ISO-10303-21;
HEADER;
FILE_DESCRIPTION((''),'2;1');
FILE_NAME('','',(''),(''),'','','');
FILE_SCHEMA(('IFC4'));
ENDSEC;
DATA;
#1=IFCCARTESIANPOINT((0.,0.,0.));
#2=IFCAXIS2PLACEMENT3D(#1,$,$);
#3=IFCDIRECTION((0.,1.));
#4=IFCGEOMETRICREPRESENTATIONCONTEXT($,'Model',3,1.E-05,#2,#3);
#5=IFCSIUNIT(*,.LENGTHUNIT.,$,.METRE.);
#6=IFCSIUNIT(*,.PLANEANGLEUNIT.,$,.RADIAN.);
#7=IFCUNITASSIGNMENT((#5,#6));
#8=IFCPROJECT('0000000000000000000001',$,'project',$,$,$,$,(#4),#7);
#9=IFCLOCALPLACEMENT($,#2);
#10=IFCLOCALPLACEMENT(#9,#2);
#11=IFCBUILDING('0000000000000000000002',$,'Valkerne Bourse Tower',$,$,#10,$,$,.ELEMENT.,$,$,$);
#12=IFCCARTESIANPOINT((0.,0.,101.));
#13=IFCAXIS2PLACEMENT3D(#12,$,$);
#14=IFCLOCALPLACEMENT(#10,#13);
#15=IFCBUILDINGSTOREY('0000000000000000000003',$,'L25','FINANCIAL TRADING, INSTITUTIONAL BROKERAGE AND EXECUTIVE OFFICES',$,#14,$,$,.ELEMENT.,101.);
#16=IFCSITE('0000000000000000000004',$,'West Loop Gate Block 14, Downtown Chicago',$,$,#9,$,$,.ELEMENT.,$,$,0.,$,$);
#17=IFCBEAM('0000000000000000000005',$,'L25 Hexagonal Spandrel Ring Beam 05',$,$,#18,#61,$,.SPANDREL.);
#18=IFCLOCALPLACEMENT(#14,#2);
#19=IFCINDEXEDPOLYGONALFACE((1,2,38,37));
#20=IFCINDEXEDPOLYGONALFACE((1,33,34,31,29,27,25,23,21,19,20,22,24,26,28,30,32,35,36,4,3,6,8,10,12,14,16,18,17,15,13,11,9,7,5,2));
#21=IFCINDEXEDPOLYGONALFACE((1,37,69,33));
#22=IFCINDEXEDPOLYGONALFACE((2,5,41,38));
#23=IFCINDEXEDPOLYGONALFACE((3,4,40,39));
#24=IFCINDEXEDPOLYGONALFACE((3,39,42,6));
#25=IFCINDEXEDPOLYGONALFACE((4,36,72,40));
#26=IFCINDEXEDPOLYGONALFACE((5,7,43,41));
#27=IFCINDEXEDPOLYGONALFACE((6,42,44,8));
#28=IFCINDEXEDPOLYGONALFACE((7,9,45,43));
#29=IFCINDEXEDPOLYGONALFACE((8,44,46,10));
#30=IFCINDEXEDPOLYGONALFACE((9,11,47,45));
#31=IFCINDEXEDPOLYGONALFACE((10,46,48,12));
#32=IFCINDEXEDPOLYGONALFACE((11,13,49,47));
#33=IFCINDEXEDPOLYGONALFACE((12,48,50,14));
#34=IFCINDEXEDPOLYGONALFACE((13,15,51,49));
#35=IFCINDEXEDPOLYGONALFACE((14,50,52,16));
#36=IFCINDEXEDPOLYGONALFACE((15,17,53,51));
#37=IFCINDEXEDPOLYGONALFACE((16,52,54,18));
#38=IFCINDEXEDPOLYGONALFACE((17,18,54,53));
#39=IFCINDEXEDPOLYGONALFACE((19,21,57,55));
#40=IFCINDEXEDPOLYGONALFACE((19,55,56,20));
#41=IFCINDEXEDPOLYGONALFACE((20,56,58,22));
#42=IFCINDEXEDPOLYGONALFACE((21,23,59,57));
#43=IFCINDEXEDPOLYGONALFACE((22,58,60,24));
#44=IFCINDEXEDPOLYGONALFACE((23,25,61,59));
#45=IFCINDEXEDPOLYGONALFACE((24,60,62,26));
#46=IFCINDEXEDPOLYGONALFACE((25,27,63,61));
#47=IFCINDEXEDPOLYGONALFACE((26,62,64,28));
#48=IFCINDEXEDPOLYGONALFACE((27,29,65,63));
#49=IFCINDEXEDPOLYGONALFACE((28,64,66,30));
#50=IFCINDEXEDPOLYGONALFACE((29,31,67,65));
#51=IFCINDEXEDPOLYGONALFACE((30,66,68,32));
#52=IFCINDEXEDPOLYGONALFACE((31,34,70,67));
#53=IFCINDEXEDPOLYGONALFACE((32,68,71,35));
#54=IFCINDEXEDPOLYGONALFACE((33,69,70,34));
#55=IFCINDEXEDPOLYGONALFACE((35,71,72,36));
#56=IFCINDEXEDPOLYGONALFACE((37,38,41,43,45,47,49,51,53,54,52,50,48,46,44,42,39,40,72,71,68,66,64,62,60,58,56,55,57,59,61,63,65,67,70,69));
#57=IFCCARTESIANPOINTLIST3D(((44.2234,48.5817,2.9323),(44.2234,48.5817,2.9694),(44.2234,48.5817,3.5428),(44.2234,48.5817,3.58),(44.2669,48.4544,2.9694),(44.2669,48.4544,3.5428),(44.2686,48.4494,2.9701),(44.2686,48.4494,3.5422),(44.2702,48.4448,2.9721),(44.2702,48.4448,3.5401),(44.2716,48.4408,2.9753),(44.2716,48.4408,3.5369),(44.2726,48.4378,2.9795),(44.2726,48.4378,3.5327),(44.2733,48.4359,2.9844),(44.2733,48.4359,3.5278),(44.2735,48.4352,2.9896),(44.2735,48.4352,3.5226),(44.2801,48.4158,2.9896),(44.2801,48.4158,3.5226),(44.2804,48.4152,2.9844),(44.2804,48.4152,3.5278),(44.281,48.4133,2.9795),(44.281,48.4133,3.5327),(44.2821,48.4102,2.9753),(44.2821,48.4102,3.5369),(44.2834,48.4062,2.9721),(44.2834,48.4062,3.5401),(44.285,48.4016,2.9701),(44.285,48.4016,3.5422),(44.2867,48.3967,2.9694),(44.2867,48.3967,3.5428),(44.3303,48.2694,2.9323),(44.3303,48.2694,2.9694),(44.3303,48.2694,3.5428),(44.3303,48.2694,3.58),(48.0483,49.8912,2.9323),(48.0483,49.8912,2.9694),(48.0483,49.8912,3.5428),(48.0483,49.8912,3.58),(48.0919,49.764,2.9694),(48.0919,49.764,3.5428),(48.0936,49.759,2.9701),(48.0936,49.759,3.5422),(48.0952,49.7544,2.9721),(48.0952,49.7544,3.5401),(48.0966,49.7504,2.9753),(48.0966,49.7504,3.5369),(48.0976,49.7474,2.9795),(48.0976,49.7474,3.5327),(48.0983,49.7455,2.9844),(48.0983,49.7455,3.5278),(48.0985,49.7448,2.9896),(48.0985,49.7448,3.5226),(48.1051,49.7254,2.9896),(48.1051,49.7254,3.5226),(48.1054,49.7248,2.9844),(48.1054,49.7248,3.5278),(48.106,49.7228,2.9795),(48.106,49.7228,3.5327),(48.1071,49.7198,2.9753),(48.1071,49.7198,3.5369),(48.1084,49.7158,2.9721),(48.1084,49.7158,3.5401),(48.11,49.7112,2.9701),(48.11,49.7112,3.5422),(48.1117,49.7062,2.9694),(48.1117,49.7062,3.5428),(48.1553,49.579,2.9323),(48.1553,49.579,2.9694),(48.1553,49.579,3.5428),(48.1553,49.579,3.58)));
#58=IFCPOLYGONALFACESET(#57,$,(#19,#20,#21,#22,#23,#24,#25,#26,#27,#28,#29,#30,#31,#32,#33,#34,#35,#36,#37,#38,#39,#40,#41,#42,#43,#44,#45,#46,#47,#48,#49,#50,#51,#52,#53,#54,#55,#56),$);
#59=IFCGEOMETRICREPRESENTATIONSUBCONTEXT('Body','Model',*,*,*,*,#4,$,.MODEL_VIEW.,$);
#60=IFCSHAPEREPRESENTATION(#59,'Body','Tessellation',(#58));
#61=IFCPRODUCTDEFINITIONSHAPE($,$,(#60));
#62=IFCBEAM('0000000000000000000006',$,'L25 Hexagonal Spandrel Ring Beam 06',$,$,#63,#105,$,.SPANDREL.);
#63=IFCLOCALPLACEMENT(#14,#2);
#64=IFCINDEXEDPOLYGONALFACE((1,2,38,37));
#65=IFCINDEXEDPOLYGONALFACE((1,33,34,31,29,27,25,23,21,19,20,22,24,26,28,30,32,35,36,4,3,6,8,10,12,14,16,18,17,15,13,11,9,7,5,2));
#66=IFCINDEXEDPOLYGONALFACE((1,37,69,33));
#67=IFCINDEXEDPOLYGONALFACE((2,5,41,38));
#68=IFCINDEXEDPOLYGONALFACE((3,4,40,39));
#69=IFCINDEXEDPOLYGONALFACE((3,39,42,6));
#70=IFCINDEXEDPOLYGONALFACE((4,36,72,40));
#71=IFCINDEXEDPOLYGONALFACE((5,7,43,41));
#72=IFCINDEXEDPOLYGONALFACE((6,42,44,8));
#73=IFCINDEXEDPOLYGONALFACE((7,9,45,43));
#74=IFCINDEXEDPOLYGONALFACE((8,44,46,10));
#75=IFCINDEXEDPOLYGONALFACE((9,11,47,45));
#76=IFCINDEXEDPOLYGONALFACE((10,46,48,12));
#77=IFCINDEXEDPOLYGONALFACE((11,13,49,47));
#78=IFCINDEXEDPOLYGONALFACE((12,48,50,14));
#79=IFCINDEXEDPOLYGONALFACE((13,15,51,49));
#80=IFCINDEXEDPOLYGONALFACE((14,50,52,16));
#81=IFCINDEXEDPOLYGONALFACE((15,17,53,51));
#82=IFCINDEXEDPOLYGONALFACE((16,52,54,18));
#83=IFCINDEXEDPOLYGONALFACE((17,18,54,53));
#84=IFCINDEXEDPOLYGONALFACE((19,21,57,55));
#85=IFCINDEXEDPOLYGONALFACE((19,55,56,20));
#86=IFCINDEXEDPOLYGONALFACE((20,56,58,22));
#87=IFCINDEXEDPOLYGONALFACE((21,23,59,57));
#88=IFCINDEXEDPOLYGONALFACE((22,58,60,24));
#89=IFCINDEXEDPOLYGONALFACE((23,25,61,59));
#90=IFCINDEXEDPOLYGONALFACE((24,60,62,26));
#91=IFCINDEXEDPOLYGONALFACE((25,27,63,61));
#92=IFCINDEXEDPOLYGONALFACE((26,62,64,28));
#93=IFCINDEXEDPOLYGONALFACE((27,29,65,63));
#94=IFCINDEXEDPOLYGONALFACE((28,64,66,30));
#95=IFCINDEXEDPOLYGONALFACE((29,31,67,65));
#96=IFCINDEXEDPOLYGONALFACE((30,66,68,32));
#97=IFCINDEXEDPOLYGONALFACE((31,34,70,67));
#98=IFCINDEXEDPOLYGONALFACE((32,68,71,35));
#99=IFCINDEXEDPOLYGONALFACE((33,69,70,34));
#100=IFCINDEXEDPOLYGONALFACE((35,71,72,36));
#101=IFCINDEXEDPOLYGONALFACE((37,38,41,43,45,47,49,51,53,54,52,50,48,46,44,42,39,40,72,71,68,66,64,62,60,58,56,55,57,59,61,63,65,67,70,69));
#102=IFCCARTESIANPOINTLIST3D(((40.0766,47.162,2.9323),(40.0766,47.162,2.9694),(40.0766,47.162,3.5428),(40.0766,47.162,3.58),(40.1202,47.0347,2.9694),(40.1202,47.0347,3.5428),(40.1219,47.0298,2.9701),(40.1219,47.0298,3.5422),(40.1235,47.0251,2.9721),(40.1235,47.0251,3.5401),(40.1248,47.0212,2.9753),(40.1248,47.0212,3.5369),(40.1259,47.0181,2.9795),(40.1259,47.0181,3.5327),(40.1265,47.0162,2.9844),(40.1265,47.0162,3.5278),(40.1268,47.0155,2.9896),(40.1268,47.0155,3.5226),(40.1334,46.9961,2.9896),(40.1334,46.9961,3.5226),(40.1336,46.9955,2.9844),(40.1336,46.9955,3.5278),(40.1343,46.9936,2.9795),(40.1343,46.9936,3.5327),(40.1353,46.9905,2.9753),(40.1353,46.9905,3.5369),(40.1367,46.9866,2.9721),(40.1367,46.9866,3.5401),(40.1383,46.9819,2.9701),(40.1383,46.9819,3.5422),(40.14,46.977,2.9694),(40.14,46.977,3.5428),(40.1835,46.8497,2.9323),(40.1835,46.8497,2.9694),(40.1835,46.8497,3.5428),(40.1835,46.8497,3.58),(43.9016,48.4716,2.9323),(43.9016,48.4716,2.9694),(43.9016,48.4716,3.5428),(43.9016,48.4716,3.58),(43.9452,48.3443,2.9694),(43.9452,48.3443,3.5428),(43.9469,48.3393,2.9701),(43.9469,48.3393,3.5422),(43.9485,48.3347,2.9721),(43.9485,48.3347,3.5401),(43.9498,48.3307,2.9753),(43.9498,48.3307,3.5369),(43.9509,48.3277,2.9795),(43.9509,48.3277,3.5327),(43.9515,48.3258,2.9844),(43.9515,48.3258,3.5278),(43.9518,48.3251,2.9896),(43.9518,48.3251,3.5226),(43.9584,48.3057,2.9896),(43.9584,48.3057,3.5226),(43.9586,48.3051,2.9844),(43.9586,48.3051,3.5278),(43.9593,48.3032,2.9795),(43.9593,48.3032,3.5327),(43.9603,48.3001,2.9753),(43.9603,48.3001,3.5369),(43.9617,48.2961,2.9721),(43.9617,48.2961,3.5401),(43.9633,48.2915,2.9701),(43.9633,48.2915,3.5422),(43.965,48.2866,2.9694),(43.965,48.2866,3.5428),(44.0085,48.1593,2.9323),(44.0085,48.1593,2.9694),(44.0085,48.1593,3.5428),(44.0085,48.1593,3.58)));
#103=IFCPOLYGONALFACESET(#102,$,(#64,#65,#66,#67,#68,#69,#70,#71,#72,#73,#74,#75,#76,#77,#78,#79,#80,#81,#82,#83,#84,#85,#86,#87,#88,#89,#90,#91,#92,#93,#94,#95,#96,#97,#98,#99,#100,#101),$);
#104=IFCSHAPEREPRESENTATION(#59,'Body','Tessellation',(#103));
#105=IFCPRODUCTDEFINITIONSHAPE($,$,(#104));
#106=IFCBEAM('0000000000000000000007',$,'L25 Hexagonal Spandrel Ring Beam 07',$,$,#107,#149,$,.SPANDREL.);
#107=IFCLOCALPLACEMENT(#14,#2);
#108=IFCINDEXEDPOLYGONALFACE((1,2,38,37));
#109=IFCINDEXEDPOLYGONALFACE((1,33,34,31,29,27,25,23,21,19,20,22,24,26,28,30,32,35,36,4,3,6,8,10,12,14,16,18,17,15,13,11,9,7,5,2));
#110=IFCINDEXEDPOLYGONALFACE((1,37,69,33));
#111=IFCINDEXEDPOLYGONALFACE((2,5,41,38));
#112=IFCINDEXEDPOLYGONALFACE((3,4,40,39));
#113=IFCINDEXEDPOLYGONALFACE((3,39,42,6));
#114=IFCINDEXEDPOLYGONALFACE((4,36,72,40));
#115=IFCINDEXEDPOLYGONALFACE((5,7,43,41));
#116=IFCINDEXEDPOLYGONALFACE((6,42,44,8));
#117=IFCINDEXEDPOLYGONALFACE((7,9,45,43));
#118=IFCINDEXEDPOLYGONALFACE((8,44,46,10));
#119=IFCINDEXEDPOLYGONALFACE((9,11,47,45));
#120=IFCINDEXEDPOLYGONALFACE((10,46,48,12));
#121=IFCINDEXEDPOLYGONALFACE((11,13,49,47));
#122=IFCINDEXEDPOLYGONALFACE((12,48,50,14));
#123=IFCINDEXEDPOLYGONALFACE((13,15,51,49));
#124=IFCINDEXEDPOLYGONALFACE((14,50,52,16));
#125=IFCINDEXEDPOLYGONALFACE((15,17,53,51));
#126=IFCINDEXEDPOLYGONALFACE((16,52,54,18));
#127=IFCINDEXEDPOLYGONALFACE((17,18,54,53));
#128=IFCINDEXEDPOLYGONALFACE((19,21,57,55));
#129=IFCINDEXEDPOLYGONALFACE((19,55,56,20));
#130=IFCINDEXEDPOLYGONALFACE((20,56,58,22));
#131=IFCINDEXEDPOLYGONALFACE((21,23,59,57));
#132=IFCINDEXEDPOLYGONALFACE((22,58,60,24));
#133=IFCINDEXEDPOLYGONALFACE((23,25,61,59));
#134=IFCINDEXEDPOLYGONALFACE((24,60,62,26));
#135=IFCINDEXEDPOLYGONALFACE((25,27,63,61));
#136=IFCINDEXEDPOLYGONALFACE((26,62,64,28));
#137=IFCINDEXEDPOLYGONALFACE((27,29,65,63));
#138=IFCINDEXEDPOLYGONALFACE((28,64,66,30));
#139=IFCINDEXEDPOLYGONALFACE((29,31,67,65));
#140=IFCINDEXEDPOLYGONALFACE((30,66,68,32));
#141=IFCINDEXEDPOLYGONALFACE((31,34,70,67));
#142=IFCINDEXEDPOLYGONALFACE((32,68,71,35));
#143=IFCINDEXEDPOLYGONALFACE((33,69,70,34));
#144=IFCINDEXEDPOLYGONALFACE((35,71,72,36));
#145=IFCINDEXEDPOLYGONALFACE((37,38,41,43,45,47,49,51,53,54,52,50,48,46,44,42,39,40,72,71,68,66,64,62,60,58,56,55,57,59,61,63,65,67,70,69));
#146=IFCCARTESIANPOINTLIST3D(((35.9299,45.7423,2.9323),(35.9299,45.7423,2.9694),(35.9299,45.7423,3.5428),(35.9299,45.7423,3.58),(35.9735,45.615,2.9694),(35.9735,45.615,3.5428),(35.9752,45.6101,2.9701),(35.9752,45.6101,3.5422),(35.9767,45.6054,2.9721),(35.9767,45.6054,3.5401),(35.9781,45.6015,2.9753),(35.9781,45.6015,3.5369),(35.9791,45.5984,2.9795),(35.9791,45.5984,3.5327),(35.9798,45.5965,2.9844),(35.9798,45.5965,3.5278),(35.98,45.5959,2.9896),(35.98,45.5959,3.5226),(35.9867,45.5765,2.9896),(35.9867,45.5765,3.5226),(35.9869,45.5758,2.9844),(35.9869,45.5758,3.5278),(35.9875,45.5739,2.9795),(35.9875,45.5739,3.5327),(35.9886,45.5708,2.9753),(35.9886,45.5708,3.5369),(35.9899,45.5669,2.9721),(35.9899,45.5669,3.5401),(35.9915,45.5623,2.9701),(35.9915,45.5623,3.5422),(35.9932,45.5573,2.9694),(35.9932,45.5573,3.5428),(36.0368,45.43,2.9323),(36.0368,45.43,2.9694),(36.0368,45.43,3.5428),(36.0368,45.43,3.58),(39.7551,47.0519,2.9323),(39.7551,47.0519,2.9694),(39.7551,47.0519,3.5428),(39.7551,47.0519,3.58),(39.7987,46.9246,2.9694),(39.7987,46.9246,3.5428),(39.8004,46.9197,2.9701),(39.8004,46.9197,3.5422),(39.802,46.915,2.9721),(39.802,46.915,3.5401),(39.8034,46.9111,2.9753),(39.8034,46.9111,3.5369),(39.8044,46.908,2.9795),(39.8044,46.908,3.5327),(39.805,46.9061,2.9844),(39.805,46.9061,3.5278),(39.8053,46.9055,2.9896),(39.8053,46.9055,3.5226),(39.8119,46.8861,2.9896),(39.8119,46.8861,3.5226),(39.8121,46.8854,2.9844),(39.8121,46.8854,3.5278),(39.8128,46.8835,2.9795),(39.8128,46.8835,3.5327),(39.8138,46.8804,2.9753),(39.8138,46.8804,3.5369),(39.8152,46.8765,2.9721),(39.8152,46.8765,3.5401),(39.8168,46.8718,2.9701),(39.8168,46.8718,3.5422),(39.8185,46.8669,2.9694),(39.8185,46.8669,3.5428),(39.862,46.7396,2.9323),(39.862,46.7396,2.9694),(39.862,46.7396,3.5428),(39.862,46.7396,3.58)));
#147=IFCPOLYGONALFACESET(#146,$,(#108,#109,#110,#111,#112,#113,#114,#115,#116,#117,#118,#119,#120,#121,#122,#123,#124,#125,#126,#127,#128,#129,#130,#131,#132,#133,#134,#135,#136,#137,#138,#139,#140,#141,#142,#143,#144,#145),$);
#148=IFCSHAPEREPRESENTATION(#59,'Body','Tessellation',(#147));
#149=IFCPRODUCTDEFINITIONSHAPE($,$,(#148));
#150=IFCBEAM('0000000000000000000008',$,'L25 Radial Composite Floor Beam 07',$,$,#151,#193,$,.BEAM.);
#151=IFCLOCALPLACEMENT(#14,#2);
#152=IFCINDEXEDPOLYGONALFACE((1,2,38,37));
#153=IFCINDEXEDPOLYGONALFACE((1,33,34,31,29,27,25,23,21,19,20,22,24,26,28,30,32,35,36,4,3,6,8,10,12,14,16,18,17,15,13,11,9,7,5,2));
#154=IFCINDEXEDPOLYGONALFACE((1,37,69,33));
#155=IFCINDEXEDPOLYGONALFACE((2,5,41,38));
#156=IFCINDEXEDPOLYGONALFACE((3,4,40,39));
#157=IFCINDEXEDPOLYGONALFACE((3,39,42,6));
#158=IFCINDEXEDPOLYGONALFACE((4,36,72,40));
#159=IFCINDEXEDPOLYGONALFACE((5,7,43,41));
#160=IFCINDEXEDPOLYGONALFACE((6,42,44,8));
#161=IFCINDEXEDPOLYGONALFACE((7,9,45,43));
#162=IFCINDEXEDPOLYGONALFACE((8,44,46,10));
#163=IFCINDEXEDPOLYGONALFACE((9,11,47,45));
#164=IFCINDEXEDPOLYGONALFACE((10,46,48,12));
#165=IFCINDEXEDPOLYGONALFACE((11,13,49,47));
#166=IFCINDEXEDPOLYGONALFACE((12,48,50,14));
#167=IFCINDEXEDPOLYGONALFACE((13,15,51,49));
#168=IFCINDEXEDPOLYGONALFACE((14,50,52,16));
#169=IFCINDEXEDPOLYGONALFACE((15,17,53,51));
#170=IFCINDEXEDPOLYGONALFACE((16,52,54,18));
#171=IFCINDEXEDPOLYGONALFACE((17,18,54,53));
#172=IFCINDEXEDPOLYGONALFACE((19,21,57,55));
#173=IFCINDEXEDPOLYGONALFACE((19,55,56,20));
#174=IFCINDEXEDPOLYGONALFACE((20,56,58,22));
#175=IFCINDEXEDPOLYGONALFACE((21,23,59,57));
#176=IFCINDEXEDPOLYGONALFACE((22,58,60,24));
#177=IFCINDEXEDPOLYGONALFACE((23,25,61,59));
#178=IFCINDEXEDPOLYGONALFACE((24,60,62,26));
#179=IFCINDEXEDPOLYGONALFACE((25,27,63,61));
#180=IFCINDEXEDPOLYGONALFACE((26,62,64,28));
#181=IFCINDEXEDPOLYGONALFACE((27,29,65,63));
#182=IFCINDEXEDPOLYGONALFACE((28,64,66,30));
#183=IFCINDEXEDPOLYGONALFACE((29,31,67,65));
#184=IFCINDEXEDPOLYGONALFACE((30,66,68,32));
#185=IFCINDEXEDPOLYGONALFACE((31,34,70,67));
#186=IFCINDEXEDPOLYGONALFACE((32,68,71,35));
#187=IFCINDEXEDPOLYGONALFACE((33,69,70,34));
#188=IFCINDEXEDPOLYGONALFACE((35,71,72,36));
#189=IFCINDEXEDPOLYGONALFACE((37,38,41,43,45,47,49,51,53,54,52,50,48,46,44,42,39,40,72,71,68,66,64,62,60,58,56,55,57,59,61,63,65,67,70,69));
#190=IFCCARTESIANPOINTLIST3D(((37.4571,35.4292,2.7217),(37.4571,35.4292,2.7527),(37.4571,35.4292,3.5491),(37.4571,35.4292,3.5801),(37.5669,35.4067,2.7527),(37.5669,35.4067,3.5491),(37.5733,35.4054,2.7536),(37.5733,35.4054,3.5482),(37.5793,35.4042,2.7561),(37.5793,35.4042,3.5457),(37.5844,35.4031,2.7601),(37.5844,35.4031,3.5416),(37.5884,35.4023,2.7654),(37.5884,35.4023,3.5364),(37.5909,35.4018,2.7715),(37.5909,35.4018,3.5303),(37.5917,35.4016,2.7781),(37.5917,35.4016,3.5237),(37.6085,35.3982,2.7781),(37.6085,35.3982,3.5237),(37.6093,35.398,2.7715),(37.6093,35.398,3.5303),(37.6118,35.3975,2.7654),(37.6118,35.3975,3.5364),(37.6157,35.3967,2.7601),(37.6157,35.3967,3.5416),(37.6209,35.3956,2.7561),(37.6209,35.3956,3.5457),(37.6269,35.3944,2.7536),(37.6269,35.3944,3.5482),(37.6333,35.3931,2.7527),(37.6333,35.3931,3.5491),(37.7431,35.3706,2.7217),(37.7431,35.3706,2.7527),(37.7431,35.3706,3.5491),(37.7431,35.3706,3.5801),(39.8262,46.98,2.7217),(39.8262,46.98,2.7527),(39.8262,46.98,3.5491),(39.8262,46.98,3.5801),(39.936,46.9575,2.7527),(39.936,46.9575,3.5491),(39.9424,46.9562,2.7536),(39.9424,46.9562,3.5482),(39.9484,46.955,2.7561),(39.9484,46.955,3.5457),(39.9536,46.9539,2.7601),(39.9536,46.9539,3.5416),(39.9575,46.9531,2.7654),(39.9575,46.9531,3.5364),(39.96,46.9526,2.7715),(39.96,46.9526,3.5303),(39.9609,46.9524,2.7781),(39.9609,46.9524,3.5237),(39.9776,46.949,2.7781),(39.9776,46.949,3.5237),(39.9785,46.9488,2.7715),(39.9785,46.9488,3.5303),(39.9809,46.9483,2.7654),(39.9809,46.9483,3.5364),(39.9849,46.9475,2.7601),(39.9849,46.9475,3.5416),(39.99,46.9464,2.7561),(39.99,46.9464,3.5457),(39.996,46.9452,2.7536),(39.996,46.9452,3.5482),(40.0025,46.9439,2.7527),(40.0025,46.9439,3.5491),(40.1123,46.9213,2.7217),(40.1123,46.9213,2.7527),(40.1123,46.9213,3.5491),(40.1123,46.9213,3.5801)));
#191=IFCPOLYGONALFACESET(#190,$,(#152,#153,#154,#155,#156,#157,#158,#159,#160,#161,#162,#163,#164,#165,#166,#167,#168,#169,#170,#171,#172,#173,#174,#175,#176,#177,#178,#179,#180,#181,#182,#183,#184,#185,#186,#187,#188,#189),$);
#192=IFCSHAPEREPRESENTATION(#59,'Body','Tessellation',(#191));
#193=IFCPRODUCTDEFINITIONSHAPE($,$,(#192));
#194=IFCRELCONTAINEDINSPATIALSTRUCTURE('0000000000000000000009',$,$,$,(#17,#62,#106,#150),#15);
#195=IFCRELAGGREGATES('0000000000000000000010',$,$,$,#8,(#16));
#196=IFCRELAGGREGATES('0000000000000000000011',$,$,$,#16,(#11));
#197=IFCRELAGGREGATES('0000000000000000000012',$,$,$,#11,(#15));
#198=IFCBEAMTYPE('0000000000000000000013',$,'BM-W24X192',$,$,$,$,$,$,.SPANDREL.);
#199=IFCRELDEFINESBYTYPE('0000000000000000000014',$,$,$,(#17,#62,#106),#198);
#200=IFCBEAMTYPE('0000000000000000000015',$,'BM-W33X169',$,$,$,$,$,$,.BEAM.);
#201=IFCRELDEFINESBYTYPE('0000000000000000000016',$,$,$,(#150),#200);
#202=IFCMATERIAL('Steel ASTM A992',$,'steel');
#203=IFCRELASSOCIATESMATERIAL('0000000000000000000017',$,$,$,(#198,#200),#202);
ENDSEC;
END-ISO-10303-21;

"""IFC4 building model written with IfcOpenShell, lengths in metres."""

from ifc_helpers import new_model, si_unit, direction, frame, origin, origin_2d, place, context, subcontext, project, spatial, i_section, extrude, material, material_profile, profile_set, type_object, element, save


model = new_model("IFC4")

# Units and contexts
model_context = context("Model", 3, precision=1e-05, world=origin(), true_north=direction((0.0, 1.0)))
body_context = subcontext(model_context, "Body", "Model", "MODEL_VIEW")
ifc_project = project(units=[si_unit("LENGTHUNIT", "METRE"), si_unit("PLANEANGLEUNIT", "RADIAN")], contexts=[model_context])

# Site, building, storey
site_placement = place(None, origin())
site = spatial("IfcSite", under=ifc_project, at=site_placement, Name="West Loop Gate Block 14, Downtown Chicago", CompositionType="ELEMENT", RefElevation=0.0)
building_placement = place(site_placement, origin())
building = spatial("IfcBuilding", under=site, at=building_placement, Name="Valkerne Bourse Tower", CompositionType="ELEMENT")
storey_placement = place(building_placement, frame((0.0, 0.0, 101.0)))
storey = spatial("IfcBuildingStorey", under=building, at=storey_placement, Name="L25", Description="FINANCIAL TRADING, INSTITUTIONAL BROKERAGE AND EXECUTIVE OFFICES", CompositionType="ELEMENT", Elevation=101.0)

# Beams
ifc_material_1 = material(Name="Steel ASTM A992", Category="steel")
ifc_material_profile_1 = material_profile(ifc_material_1, i_section(OverallWidth=0.3301, OverallDepth=0.6477, WebThickness=0.0205, FlangeThickness=0.0371, FilletRadius=0.0203, at=origin_2d()), Name="W24X192")
ifc_profile_set_1 = profile_set([ifc_material_profile_1], Name="Steel ASTM A992")
beam_type_1 = type_object("IfcBeamType", Name="BM-W24X192", PredefinedType="SPANDREL", material=ifc_profile_set_1)
for number, where, z_axis, x_axis, name in (
    (1, (48.1018, 49.7351, 3.2561), (-0.946086, -0.323917, 0.0), (0.323917, -0.946086, 0.0), "L25 Hexagonal Spandrel Ring Beam 05"),
    (2, (43.9551, 48.3154, 3.2561), (-0.946086, -0.323917, 0.0), (0.323917, -0.946086, 0.0), "L25 Hexagonal Spandrel Ring Beam 06"),
):
    element("IfcBeam", number, at=place(storey_placement, frame(where, z_axis=z_axis, x_axis=x_axis)), inside=storey, type_object=beam_type_1, Name=name, PredefinedType="SPANDREL", context=body_context, shape_type="SweptSolid", body=[
        extrude(i_section(OverallWidth=0.3301, OverallDepth=0.6477, WebThickness=0.0205, FlangeThickness=0.0371, FilletRadius=0.0203, at=origin_2d()), origin(), (0.0, 0.0, 1.0), 4.043),
    ])
beam_1_placement = place(storey_placement, frame((39.8086, 46.8958, 3.2561), z_axis=(-0.946092, -0.323898, 0.0), x_axis=(0.323898, -0.946092, 0.0)))
element("IfcBeam", 3, at=beam_1_placement, inside=storey, type_object=beam_type_1, Name="L25 Hexagonal Spandrel Ring Beam 07", PredefinedType="SPANDREL", context=body_context, shape_type="SweptSolid", body=[
    extrude(i_section(OverallWidth=0.3301, OverallDepth=0.6477, WebThickness=0.0205, FlangeThickness=0.0371, FilletRadius=0.0203, at=origin_2d()), origin(), (0.0, 0.0, 1.0), 4.0432),
])
ifc_material_profile_2 = material_profile(ifc_material_1, i_section(OverallWidth=0.292, OverallDepth=0.8584, WebThickness=0.0171, FlangeThickness=0.031, FilletRadius=0.0254, at=origin_2d()), Name="W33X169")
ifc_profile_set_2 = profile_set([ifc_material_profile_2], Name="Steel ASTM A992")
beam_type_2 = type_object("IfcBeamType", Name="BM-W33X169", PredefinedType="BEAM", material=ifc_profile_set_2)
beam_2_placement = place(storey_placement, frame((39.9692, 46.9507, 3.1509), z_axis=(-0.200924, -0.979607, 0.0), x_axis=(0.979607, -0.200924, 0.0)))
element("IfcBeam", 4, at=beam_2_placement, inside=storey, type_object=beam_type_2, Name="L25 Radial Composite Floor Beam 07", PredefinedType="BEAM", context=body_context, shape_type="SweptSolid", body=[
    extrude(i_section(OverallWidth=0.292, OverallDepth=0.8584, WebThickness=0.0171, FlangeThickness=0.031, FilletRadius=0.0254, at=origin_2d()), origin(), (0.0, 0.0, 1.0), 11.7913),
])

save(model, "model.ifc")
